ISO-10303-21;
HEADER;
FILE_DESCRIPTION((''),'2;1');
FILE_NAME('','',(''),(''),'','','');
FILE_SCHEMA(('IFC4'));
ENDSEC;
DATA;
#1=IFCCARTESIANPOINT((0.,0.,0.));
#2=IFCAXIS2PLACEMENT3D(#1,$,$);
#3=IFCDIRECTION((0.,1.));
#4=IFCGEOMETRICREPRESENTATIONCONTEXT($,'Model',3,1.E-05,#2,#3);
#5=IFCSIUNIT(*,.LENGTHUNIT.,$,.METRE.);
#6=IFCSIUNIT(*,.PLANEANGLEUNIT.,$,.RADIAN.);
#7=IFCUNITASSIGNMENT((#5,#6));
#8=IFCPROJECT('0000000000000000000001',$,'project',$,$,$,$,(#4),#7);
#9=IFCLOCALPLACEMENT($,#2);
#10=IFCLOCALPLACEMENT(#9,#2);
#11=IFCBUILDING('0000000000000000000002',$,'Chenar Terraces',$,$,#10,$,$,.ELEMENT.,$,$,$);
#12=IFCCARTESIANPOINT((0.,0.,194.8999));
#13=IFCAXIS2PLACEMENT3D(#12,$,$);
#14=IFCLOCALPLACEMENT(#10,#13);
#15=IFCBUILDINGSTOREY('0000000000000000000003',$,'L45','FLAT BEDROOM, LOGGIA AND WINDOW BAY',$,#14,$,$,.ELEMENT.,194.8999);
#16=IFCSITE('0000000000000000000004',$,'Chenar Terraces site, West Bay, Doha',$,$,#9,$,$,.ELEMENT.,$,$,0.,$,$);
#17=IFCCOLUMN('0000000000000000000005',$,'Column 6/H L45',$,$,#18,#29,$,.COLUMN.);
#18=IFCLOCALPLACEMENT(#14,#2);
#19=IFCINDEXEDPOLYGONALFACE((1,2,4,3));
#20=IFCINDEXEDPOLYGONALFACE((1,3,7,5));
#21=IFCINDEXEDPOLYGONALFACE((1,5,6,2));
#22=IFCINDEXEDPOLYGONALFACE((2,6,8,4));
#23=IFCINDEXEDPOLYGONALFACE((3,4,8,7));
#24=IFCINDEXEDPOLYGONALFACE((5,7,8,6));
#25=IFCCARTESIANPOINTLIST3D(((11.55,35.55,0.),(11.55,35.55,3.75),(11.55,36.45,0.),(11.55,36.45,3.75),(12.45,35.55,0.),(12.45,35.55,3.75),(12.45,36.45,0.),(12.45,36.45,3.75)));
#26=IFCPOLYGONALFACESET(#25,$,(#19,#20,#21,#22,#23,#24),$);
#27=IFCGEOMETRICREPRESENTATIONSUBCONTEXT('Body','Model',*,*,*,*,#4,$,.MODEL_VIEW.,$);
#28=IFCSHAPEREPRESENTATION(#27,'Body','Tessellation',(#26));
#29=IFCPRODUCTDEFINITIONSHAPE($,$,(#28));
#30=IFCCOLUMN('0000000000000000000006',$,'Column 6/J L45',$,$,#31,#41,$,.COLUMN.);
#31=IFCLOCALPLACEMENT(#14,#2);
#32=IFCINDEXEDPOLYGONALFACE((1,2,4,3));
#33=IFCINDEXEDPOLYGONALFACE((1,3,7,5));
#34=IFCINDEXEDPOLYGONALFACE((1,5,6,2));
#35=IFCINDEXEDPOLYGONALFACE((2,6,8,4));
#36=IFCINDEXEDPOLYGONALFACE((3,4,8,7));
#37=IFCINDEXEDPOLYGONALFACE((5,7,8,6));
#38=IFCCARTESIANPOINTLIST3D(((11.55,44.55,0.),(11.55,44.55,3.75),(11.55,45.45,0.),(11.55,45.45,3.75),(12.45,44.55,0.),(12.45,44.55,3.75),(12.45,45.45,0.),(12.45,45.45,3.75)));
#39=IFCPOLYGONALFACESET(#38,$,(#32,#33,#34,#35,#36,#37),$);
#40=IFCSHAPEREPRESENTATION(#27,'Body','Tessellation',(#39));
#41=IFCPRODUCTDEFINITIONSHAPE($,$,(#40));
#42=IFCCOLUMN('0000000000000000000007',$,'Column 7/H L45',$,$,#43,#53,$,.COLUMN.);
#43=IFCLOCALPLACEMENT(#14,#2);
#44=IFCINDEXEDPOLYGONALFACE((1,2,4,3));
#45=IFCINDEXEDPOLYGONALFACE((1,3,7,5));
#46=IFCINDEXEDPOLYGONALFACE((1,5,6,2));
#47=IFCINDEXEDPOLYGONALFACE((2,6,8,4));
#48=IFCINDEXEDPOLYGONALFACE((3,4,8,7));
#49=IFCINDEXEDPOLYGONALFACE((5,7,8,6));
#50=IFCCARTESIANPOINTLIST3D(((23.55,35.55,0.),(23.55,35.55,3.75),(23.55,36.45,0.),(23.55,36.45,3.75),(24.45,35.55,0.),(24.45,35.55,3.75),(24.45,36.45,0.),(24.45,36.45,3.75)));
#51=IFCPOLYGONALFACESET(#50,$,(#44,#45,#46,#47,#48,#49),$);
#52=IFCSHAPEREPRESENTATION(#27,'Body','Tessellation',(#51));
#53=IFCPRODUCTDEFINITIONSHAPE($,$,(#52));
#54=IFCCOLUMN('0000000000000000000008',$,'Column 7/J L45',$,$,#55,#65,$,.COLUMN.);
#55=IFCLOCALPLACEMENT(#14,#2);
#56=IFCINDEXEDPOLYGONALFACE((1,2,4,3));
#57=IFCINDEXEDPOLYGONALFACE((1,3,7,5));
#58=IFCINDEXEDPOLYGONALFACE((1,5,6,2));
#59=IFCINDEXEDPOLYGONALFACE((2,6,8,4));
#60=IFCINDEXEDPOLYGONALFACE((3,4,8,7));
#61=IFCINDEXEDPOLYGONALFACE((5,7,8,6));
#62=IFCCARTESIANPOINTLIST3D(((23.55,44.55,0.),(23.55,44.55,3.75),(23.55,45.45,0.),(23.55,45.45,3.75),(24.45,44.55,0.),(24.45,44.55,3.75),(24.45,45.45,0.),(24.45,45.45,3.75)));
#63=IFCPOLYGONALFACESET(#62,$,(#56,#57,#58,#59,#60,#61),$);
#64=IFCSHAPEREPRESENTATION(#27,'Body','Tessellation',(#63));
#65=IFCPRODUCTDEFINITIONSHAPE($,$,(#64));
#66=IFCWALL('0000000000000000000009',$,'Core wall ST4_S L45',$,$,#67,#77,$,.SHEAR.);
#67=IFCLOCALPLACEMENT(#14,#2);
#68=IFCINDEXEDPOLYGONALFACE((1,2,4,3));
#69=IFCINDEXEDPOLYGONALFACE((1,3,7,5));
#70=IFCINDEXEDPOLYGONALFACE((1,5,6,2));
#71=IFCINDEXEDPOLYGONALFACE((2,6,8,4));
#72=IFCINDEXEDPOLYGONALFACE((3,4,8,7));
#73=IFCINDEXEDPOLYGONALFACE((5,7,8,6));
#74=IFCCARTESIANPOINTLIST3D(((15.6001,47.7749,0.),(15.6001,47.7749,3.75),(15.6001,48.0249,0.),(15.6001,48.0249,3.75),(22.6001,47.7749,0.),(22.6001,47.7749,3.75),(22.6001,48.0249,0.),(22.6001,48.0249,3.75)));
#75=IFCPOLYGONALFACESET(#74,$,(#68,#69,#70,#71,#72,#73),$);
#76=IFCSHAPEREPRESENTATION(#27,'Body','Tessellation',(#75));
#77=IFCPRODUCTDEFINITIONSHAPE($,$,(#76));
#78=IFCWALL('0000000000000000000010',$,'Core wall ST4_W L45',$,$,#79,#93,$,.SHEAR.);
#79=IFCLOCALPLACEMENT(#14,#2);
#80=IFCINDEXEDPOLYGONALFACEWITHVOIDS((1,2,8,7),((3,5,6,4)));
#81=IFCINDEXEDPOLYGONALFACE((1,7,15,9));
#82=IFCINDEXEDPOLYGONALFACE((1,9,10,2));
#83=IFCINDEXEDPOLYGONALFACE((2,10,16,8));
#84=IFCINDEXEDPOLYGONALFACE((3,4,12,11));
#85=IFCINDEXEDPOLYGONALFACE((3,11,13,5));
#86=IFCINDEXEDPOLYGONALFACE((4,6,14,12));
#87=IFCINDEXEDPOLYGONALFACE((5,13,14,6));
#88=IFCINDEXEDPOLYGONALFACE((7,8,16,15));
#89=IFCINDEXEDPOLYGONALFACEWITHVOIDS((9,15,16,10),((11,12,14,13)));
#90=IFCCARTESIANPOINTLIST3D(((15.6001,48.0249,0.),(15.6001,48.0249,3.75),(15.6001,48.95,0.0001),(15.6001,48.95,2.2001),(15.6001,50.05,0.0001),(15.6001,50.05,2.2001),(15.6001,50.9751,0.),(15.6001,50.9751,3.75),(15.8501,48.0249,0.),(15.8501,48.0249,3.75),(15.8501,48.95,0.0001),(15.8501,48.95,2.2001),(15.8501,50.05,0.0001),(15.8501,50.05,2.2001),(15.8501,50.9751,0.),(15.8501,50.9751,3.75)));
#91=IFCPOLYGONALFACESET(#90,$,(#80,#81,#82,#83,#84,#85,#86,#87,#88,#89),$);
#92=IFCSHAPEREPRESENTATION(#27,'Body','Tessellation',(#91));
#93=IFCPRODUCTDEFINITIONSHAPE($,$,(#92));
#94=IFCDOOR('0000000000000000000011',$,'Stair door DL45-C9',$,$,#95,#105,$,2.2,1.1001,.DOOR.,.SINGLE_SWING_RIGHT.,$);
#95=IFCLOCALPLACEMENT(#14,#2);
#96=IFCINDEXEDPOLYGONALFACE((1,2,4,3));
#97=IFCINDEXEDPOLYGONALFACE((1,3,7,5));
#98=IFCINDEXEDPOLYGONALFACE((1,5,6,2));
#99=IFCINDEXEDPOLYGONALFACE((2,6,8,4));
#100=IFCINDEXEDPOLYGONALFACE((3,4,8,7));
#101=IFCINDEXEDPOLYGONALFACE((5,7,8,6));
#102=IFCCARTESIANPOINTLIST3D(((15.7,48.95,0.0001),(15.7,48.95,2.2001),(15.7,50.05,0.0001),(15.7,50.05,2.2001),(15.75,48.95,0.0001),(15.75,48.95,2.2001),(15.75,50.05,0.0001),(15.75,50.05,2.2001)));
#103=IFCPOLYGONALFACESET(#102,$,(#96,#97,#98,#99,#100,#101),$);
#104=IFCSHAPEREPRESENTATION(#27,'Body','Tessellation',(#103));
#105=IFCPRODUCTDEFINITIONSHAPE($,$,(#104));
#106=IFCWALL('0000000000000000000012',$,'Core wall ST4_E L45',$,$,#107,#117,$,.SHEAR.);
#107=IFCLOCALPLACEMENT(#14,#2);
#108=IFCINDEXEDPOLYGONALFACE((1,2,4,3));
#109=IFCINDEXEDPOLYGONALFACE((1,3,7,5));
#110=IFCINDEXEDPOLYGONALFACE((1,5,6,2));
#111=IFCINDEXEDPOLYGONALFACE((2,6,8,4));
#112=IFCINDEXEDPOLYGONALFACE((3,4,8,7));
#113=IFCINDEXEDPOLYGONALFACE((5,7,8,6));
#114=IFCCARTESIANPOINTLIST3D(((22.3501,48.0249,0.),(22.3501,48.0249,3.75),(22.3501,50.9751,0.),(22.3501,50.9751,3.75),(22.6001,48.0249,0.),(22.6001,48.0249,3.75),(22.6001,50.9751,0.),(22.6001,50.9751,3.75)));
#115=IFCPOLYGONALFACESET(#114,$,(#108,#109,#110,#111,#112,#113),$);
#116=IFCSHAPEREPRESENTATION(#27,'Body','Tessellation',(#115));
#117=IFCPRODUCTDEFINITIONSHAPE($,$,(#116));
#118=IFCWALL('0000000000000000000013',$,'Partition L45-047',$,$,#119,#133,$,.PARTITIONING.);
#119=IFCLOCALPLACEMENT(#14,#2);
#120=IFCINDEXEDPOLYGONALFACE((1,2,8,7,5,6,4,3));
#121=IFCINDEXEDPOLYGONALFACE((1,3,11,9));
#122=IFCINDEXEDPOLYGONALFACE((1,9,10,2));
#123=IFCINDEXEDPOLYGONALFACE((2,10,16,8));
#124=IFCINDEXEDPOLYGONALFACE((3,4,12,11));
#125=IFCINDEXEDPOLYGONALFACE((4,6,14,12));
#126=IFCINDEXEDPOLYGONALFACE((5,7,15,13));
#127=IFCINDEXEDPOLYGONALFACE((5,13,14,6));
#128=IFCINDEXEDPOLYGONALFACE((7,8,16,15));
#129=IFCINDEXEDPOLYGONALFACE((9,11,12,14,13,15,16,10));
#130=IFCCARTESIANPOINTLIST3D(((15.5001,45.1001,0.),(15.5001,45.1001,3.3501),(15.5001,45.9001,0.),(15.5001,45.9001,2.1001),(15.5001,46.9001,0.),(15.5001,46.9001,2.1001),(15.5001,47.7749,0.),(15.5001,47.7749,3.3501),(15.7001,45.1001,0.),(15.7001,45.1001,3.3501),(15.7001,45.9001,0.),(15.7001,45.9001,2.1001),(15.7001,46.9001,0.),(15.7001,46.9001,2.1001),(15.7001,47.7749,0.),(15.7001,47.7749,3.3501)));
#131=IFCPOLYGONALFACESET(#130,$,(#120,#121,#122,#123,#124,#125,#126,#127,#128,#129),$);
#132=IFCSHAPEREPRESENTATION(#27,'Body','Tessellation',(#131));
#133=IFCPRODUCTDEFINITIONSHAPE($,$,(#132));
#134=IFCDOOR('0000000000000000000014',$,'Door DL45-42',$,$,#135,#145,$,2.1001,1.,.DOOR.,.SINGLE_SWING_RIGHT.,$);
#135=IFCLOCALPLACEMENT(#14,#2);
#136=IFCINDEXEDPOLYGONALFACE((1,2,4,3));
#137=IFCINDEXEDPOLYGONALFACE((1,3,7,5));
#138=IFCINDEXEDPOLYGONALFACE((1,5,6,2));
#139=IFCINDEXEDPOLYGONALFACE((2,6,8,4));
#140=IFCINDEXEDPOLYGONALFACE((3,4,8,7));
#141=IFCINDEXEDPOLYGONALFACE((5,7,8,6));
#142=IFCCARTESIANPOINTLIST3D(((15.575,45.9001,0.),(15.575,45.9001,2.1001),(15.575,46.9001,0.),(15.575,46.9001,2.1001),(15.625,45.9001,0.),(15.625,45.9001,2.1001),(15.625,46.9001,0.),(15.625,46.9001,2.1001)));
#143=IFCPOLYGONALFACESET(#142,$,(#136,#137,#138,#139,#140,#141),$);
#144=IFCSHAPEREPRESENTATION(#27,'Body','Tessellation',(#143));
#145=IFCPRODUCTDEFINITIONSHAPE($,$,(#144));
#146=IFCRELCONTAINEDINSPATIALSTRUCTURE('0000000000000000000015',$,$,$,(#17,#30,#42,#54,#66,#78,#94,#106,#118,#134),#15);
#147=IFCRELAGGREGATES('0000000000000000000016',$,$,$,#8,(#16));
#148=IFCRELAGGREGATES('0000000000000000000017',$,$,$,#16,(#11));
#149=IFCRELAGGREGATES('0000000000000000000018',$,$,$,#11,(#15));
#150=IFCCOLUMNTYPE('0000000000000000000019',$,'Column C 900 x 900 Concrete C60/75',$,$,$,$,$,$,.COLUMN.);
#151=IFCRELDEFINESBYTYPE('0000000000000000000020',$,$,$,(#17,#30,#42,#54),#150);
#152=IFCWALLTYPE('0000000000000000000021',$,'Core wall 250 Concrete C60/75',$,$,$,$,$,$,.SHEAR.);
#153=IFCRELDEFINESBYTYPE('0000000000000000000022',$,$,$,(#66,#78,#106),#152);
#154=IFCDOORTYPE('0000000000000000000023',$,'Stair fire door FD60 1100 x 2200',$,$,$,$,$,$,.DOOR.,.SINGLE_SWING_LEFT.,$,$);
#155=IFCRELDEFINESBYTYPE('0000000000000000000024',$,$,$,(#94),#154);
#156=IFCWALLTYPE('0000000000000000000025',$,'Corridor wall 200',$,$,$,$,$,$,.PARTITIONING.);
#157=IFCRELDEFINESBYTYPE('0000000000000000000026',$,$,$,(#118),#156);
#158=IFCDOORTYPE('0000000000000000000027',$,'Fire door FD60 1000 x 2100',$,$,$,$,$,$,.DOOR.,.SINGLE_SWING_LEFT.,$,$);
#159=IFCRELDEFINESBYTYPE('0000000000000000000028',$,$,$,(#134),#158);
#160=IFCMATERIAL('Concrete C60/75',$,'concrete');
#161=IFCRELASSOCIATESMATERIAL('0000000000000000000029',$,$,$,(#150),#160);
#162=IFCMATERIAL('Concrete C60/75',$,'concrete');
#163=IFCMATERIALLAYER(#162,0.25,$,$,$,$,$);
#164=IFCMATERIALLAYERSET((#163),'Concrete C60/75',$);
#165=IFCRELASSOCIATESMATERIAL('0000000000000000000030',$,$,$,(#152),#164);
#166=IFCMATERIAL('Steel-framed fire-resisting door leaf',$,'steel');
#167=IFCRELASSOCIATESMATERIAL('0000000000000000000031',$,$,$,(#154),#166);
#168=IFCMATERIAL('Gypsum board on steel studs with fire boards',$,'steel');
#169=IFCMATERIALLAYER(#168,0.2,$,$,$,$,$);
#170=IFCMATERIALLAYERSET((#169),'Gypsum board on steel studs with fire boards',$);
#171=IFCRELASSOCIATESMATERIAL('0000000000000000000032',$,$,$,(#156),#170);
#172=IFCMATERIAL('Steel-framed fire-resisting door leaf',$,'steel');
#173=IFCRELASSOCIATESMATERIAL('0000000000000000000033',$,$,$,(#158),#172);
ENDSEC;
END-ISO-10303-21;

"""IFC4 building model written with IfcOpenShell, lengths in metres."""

from ifc_helpers import new_model, si_unit, direction, frame, frame_2d, origin, origin_2d, place, context, subcontext, project, spatial, rectangle, extrude, material, layer, layer_set, material_profile, profile_set, type_object, element, fill, save


model = new_model("IFC4")

# Units and contexts
model_context = context("Model", 3, precision=1e-05, world=origin(), true_north=direction((0.0, 1.0)))
body_context = subcontext(model_context, "Body", "Model", "MODEL_VIEW")
ifc_project = project(units=[si_unit("LENGTHUNIT", "METRE"), si_unit("PLANEANGLEUNIT", "RADIAN")], contexts=[model_context])

# Site, building, storey
site_placement = place(None, origin())
site = spatial("IfcSite", under=ifc_project, at=site_placement, Name="Chenar Terraces site, West Bay, Doha", CompositionType="ELEMENT", RefElevation=0.0)
building_placement = place(site_placement, origin())
building = spatial("IfcBuilding", under=site, at=building_placement, Name="Chenar Terraces", CompositionType="ELEMENT")
storey_placement = place(building_placement, frame((0.0, 0.0, 194.8999)))
storey = spatial("IfcBuildingStorey", under=building, at=storey_placement, Name="L45", Description="FLAT BEDROOM, LOGGIA AND WINDOW BAY", CompositionType="ELEMENT", Elevation=194.8999)

# Columns
ifc_material_1 = material(Name="Concrete C60/75", Category="concrete")
ifc_material_profile = material_profile(ifc_material_1, rectangle(XDim=0.8999, YDim=0.8999, at=origin_2d()), Name="C 900 x 900")
ifc_profile_set = profile_set([ifc_material_profile], Name="Concrete C60/75")
column_type = type_object("IfcColumnType", Name="Column C 900 x 900 Concrete C60/75", PredefinedType="COLUMN", material=ifc_profile_set)
for number, where, z_axis, x_axis, name in (
    (1, (12.0, 36.0, 0.0), (0.0, 0.0, 1.0), (1.0, 0.0, 0.0), "Column 6/H L45"),
    (2, (12.0, 45.0, 0.0), (0.0, 0.0, 1.0), (1.0, 0.0, 0.0), "Column 6/J L45"),
    (3, (24.0, 36.0, 0.0), (0.0, 0.0, 1.0), (1.0, 0.0, 0.0), "Column 7/H L45"),
    (4, (24.0, 45.0, 0.0), (0.0, 0.0, 1.0), (1.0, 0.0, 0.0), "Column 7/J L45"),
):
    element("IfcColumn", number, at=place(storey_placement, frame(where, z_axis=z_axis, x_axis=x_axis)), inside=storey, type_object=column_type, Name=name, PredefinedType="COLUMN", context=body_context, shape_type="SweptSolid", body=[
        extrude(rectangle(XDim=0.8999, YDim=0.8999, at=origin_2d()), origin(), (0.0, 0.0, 1.0), 3.75),
    ])

# Wall
ifc_material_2 = material(Name="Concrete C60/75", Category="concrete")
ifc_layer_1 = layer(ifc_material_2, 0.25)
ifc_layer_set_1 = layer_set([ifc_layer_1], Name="Concrete C60/75")
wall_type_1 = type_object("IfcWallType", Name="Core wall 250 Concrete C60/75", PredefinedType="SHEAR", material=ifc_layer_set_1)
wall_1_placement = place(storey_placement, frame((15.6001, 47.8999, 0.0), z_axis=(0.0, 0.0, 1.0), x_axis=(1.0, 0.0, 0.0)))
element("IfcWall", 5, at=wall_1_placement, inside=storey, type_object=wall_type_1, Name="Core wall ST4_S L45", PredefinedType="SHEAR", context=body_context, shape_type="SweptSolid", body=[
    extrude(rectangle(XDim=7.0, YDim=0.25, at=frame_2d((3.5, 0.0))), origin(), (0.0, 0.0, 1.0), 3.75),
])

# Wall, opening, door
wall_2_placement = place(storey_placement, frame((15.7251, 48.0249, 0.0), z_axis=(0.0, 0.0, 1.0), x_axis=(0.0, 1.0, 0.0)))
wall_2 = element("IfcWall", 6, at=wall_2_placement, inside=storey, type_object=wall_type_1, Name="Core wall ST4_W L45", PredefinedType="SHEAR", context=body_context, shape_type="SweptSolid", body=[
    extrude(rectangle(XDim=2.9502, YDim=0.25, at=frame_2d((1.4751, 0.0))), origin(), (0.0, 0.0, 1.0), 3.75),
])
opening_1_placement = place(wall_2_placement, frame((0.925, 0.0, 0.0)))
opening_1 = element("IfcOpeningElement", 7, at=opening_1_placement, cuts=wall_2, PredefinedType="OPENING", context=body_context, shape_type="SweptSolid", body=[
    extrude(rectangle(XDim=1.1001, YDim=2.2, at=frame_2d((0.55, 1.1001))), frame((0.0, 0.135, 0.0), z_axis=(0.0, -1.0, 0.0), x_axis=(1.0, 0.0, 0.0)), (0.0, 0.0, 1.0), 0.27),
])
ifc_material_3 = material(Name="Steel-framed fire-resisting door leaf", Category="steel")
door_type_1 = type_object("IfcDoorType", Name="Stair fire door FD60 1100 x 2200", OperationType="SINGLE_SWING_LEFT", PredefinedType="DOOR", material=ifc_material_3)
door_1_placement = place(opening_1_placement, frame((1.1001, 0.0, 0.0), z_axis=(0.0, 0.0, 1.0), x_axis=(-1.0, 0.0, 0.0)))
door_1 = element("IfcDoor", 8, at=door_1_placement, inside=storey, type_object=door_type_1, Name="Stair door DL45-C9", OperationType="SINGLE_SWING_RIGHT", OverallHeight=2.2, OverallWidth=1.1001, PredefinedType="DOOR", context=body_context, shape_type="SweptSolid", body=[
    extrude(rectangle(XDim=1.1001, YDim=2.2, at=frame_2d((0.55, 1.1001))), frame((0.0, 0.0249, 0.0), z_axis=(0.0, -1.0, 0.0), x_axis=(1.0, 0.0, 0.0)), (0.0, 0.0, 1.0), 0.05),
])
fill(opening_1, door_1)

# Wall
wall_3_placement = place(storey_placement, frame((22.4751, 48.0249, 0.0), z_axis=(0.0, 0.0, 1.0), x_axis=(0.0, 1.0, 0.0)))
element("IfcWall", 9, at=wall_3_placement, inside=storey, type_object=wall_type_1, Name="Core wall ST4_E L45", PredefinedType="SHEAR", context=body_context, shape_type="SweptSolid", body=[
    extrude(rectangle(XDim=2.9502, YDim=0.25, at=frame_2d((1.4751, 0.0))), origin(), (0.0, 0.0, 1.0), 3.75),
])

# Wall, opening, door
ifc_material_4 = material(Name="Gypsum board on steel studs with fire boards", Category="steel")
ifc_layer_2 = layer(ifc_material_4, 0.2)
ifc_layer_set_2 = layer_set([ifc_layer_2], Name="Gypsum board on steel studs with fire boards")
wall_type_2 = type_object("IfcWallType", Name="Corridor wall 200", PredefinedType="PARTITIONING", material=ifc_layer_set_2)
wall_4_placement = place(storey_placement, frame((15.6001, 45.1001, 0.0), z_axis=(0.0, 0.0, 1.0), x_axis=(0.0, 1.0, 0.0)))
wall_4 = element("IfcWall", 10, at=wall_4_placement, inside=storey, type_object=wall_type_2, Name="Partition L45-047", PredefinedType="PARTITIONING", context=body_context, shape_type="SweptSolid", body=[
    extrude(rectangle(XDim=2.6748, YDim=0.2, at=frame_2d((1.3374, 0.0))), origin(), (0.0, 0.0, 1.0), 3.3501),
])
opening_2_placement = place(wall_4_placement, frame((0.8, 0.0, 0.0)))
opening_2 = element("IfcOpeningElement", 11, at=opening_2_placement, cuts=wall_4, PredefinedType="OPENING", context=body_context, shape_type="SweptSolid", body=[
    extrude(rectangle(XDim=1.0, YDim=2.1001, at=frame_2d((0.5, 1.05))), frame((0.0, 0.1099, 0.0), z_axis=(0.0, -1.0, 0.0), x_axis=(1.0, 0.0, 0.0)), (0.0, 0.0, 1.0), 0.22),
])
ifc_material_5 = material(Name="Steel-framed fire-resisting door leaf", Category="steel")
door_type_2 = type_object("IfcDoorType", Name="Fire door FD60 1000 x 2100", OperationType="SINGLE_SWING_LEFT", PredefinedType="DOOR", material=ifc_material_5)
door_2_placement = place(opening_2_placement, frame((1.0, 0.0, 0.0), z_axis=(0.0, 0.0, 1.0), x_axis=(-1.0, 0.0, 0.0)))
door_2 = element("IfcDoor", 12, at=door_2_placement, inside=storey, type_object=door_type_2, Name="Door DL45-42", OperationType="SINGLE_SWING_RIGHT", OverallHeight=2.1001, OverallWidth=1.0, PredefinedType="DOOR", context=body_context, shape_type="SweptSolid", body=[
    extrude(rectangle(XDim=1.0, YDim=2.1001, at=frame_2d((0.5, 1.05))), frame((0.0, 0.0249, 0.0), z_axis=(0.0, -1.0, 0.0), x_axis=(1.0, 0.0, 0.0)), (0.0, 0.0, 1.0), 0.05),
])
fill(opening_2, door_2)

save(model, "model.ifc")
